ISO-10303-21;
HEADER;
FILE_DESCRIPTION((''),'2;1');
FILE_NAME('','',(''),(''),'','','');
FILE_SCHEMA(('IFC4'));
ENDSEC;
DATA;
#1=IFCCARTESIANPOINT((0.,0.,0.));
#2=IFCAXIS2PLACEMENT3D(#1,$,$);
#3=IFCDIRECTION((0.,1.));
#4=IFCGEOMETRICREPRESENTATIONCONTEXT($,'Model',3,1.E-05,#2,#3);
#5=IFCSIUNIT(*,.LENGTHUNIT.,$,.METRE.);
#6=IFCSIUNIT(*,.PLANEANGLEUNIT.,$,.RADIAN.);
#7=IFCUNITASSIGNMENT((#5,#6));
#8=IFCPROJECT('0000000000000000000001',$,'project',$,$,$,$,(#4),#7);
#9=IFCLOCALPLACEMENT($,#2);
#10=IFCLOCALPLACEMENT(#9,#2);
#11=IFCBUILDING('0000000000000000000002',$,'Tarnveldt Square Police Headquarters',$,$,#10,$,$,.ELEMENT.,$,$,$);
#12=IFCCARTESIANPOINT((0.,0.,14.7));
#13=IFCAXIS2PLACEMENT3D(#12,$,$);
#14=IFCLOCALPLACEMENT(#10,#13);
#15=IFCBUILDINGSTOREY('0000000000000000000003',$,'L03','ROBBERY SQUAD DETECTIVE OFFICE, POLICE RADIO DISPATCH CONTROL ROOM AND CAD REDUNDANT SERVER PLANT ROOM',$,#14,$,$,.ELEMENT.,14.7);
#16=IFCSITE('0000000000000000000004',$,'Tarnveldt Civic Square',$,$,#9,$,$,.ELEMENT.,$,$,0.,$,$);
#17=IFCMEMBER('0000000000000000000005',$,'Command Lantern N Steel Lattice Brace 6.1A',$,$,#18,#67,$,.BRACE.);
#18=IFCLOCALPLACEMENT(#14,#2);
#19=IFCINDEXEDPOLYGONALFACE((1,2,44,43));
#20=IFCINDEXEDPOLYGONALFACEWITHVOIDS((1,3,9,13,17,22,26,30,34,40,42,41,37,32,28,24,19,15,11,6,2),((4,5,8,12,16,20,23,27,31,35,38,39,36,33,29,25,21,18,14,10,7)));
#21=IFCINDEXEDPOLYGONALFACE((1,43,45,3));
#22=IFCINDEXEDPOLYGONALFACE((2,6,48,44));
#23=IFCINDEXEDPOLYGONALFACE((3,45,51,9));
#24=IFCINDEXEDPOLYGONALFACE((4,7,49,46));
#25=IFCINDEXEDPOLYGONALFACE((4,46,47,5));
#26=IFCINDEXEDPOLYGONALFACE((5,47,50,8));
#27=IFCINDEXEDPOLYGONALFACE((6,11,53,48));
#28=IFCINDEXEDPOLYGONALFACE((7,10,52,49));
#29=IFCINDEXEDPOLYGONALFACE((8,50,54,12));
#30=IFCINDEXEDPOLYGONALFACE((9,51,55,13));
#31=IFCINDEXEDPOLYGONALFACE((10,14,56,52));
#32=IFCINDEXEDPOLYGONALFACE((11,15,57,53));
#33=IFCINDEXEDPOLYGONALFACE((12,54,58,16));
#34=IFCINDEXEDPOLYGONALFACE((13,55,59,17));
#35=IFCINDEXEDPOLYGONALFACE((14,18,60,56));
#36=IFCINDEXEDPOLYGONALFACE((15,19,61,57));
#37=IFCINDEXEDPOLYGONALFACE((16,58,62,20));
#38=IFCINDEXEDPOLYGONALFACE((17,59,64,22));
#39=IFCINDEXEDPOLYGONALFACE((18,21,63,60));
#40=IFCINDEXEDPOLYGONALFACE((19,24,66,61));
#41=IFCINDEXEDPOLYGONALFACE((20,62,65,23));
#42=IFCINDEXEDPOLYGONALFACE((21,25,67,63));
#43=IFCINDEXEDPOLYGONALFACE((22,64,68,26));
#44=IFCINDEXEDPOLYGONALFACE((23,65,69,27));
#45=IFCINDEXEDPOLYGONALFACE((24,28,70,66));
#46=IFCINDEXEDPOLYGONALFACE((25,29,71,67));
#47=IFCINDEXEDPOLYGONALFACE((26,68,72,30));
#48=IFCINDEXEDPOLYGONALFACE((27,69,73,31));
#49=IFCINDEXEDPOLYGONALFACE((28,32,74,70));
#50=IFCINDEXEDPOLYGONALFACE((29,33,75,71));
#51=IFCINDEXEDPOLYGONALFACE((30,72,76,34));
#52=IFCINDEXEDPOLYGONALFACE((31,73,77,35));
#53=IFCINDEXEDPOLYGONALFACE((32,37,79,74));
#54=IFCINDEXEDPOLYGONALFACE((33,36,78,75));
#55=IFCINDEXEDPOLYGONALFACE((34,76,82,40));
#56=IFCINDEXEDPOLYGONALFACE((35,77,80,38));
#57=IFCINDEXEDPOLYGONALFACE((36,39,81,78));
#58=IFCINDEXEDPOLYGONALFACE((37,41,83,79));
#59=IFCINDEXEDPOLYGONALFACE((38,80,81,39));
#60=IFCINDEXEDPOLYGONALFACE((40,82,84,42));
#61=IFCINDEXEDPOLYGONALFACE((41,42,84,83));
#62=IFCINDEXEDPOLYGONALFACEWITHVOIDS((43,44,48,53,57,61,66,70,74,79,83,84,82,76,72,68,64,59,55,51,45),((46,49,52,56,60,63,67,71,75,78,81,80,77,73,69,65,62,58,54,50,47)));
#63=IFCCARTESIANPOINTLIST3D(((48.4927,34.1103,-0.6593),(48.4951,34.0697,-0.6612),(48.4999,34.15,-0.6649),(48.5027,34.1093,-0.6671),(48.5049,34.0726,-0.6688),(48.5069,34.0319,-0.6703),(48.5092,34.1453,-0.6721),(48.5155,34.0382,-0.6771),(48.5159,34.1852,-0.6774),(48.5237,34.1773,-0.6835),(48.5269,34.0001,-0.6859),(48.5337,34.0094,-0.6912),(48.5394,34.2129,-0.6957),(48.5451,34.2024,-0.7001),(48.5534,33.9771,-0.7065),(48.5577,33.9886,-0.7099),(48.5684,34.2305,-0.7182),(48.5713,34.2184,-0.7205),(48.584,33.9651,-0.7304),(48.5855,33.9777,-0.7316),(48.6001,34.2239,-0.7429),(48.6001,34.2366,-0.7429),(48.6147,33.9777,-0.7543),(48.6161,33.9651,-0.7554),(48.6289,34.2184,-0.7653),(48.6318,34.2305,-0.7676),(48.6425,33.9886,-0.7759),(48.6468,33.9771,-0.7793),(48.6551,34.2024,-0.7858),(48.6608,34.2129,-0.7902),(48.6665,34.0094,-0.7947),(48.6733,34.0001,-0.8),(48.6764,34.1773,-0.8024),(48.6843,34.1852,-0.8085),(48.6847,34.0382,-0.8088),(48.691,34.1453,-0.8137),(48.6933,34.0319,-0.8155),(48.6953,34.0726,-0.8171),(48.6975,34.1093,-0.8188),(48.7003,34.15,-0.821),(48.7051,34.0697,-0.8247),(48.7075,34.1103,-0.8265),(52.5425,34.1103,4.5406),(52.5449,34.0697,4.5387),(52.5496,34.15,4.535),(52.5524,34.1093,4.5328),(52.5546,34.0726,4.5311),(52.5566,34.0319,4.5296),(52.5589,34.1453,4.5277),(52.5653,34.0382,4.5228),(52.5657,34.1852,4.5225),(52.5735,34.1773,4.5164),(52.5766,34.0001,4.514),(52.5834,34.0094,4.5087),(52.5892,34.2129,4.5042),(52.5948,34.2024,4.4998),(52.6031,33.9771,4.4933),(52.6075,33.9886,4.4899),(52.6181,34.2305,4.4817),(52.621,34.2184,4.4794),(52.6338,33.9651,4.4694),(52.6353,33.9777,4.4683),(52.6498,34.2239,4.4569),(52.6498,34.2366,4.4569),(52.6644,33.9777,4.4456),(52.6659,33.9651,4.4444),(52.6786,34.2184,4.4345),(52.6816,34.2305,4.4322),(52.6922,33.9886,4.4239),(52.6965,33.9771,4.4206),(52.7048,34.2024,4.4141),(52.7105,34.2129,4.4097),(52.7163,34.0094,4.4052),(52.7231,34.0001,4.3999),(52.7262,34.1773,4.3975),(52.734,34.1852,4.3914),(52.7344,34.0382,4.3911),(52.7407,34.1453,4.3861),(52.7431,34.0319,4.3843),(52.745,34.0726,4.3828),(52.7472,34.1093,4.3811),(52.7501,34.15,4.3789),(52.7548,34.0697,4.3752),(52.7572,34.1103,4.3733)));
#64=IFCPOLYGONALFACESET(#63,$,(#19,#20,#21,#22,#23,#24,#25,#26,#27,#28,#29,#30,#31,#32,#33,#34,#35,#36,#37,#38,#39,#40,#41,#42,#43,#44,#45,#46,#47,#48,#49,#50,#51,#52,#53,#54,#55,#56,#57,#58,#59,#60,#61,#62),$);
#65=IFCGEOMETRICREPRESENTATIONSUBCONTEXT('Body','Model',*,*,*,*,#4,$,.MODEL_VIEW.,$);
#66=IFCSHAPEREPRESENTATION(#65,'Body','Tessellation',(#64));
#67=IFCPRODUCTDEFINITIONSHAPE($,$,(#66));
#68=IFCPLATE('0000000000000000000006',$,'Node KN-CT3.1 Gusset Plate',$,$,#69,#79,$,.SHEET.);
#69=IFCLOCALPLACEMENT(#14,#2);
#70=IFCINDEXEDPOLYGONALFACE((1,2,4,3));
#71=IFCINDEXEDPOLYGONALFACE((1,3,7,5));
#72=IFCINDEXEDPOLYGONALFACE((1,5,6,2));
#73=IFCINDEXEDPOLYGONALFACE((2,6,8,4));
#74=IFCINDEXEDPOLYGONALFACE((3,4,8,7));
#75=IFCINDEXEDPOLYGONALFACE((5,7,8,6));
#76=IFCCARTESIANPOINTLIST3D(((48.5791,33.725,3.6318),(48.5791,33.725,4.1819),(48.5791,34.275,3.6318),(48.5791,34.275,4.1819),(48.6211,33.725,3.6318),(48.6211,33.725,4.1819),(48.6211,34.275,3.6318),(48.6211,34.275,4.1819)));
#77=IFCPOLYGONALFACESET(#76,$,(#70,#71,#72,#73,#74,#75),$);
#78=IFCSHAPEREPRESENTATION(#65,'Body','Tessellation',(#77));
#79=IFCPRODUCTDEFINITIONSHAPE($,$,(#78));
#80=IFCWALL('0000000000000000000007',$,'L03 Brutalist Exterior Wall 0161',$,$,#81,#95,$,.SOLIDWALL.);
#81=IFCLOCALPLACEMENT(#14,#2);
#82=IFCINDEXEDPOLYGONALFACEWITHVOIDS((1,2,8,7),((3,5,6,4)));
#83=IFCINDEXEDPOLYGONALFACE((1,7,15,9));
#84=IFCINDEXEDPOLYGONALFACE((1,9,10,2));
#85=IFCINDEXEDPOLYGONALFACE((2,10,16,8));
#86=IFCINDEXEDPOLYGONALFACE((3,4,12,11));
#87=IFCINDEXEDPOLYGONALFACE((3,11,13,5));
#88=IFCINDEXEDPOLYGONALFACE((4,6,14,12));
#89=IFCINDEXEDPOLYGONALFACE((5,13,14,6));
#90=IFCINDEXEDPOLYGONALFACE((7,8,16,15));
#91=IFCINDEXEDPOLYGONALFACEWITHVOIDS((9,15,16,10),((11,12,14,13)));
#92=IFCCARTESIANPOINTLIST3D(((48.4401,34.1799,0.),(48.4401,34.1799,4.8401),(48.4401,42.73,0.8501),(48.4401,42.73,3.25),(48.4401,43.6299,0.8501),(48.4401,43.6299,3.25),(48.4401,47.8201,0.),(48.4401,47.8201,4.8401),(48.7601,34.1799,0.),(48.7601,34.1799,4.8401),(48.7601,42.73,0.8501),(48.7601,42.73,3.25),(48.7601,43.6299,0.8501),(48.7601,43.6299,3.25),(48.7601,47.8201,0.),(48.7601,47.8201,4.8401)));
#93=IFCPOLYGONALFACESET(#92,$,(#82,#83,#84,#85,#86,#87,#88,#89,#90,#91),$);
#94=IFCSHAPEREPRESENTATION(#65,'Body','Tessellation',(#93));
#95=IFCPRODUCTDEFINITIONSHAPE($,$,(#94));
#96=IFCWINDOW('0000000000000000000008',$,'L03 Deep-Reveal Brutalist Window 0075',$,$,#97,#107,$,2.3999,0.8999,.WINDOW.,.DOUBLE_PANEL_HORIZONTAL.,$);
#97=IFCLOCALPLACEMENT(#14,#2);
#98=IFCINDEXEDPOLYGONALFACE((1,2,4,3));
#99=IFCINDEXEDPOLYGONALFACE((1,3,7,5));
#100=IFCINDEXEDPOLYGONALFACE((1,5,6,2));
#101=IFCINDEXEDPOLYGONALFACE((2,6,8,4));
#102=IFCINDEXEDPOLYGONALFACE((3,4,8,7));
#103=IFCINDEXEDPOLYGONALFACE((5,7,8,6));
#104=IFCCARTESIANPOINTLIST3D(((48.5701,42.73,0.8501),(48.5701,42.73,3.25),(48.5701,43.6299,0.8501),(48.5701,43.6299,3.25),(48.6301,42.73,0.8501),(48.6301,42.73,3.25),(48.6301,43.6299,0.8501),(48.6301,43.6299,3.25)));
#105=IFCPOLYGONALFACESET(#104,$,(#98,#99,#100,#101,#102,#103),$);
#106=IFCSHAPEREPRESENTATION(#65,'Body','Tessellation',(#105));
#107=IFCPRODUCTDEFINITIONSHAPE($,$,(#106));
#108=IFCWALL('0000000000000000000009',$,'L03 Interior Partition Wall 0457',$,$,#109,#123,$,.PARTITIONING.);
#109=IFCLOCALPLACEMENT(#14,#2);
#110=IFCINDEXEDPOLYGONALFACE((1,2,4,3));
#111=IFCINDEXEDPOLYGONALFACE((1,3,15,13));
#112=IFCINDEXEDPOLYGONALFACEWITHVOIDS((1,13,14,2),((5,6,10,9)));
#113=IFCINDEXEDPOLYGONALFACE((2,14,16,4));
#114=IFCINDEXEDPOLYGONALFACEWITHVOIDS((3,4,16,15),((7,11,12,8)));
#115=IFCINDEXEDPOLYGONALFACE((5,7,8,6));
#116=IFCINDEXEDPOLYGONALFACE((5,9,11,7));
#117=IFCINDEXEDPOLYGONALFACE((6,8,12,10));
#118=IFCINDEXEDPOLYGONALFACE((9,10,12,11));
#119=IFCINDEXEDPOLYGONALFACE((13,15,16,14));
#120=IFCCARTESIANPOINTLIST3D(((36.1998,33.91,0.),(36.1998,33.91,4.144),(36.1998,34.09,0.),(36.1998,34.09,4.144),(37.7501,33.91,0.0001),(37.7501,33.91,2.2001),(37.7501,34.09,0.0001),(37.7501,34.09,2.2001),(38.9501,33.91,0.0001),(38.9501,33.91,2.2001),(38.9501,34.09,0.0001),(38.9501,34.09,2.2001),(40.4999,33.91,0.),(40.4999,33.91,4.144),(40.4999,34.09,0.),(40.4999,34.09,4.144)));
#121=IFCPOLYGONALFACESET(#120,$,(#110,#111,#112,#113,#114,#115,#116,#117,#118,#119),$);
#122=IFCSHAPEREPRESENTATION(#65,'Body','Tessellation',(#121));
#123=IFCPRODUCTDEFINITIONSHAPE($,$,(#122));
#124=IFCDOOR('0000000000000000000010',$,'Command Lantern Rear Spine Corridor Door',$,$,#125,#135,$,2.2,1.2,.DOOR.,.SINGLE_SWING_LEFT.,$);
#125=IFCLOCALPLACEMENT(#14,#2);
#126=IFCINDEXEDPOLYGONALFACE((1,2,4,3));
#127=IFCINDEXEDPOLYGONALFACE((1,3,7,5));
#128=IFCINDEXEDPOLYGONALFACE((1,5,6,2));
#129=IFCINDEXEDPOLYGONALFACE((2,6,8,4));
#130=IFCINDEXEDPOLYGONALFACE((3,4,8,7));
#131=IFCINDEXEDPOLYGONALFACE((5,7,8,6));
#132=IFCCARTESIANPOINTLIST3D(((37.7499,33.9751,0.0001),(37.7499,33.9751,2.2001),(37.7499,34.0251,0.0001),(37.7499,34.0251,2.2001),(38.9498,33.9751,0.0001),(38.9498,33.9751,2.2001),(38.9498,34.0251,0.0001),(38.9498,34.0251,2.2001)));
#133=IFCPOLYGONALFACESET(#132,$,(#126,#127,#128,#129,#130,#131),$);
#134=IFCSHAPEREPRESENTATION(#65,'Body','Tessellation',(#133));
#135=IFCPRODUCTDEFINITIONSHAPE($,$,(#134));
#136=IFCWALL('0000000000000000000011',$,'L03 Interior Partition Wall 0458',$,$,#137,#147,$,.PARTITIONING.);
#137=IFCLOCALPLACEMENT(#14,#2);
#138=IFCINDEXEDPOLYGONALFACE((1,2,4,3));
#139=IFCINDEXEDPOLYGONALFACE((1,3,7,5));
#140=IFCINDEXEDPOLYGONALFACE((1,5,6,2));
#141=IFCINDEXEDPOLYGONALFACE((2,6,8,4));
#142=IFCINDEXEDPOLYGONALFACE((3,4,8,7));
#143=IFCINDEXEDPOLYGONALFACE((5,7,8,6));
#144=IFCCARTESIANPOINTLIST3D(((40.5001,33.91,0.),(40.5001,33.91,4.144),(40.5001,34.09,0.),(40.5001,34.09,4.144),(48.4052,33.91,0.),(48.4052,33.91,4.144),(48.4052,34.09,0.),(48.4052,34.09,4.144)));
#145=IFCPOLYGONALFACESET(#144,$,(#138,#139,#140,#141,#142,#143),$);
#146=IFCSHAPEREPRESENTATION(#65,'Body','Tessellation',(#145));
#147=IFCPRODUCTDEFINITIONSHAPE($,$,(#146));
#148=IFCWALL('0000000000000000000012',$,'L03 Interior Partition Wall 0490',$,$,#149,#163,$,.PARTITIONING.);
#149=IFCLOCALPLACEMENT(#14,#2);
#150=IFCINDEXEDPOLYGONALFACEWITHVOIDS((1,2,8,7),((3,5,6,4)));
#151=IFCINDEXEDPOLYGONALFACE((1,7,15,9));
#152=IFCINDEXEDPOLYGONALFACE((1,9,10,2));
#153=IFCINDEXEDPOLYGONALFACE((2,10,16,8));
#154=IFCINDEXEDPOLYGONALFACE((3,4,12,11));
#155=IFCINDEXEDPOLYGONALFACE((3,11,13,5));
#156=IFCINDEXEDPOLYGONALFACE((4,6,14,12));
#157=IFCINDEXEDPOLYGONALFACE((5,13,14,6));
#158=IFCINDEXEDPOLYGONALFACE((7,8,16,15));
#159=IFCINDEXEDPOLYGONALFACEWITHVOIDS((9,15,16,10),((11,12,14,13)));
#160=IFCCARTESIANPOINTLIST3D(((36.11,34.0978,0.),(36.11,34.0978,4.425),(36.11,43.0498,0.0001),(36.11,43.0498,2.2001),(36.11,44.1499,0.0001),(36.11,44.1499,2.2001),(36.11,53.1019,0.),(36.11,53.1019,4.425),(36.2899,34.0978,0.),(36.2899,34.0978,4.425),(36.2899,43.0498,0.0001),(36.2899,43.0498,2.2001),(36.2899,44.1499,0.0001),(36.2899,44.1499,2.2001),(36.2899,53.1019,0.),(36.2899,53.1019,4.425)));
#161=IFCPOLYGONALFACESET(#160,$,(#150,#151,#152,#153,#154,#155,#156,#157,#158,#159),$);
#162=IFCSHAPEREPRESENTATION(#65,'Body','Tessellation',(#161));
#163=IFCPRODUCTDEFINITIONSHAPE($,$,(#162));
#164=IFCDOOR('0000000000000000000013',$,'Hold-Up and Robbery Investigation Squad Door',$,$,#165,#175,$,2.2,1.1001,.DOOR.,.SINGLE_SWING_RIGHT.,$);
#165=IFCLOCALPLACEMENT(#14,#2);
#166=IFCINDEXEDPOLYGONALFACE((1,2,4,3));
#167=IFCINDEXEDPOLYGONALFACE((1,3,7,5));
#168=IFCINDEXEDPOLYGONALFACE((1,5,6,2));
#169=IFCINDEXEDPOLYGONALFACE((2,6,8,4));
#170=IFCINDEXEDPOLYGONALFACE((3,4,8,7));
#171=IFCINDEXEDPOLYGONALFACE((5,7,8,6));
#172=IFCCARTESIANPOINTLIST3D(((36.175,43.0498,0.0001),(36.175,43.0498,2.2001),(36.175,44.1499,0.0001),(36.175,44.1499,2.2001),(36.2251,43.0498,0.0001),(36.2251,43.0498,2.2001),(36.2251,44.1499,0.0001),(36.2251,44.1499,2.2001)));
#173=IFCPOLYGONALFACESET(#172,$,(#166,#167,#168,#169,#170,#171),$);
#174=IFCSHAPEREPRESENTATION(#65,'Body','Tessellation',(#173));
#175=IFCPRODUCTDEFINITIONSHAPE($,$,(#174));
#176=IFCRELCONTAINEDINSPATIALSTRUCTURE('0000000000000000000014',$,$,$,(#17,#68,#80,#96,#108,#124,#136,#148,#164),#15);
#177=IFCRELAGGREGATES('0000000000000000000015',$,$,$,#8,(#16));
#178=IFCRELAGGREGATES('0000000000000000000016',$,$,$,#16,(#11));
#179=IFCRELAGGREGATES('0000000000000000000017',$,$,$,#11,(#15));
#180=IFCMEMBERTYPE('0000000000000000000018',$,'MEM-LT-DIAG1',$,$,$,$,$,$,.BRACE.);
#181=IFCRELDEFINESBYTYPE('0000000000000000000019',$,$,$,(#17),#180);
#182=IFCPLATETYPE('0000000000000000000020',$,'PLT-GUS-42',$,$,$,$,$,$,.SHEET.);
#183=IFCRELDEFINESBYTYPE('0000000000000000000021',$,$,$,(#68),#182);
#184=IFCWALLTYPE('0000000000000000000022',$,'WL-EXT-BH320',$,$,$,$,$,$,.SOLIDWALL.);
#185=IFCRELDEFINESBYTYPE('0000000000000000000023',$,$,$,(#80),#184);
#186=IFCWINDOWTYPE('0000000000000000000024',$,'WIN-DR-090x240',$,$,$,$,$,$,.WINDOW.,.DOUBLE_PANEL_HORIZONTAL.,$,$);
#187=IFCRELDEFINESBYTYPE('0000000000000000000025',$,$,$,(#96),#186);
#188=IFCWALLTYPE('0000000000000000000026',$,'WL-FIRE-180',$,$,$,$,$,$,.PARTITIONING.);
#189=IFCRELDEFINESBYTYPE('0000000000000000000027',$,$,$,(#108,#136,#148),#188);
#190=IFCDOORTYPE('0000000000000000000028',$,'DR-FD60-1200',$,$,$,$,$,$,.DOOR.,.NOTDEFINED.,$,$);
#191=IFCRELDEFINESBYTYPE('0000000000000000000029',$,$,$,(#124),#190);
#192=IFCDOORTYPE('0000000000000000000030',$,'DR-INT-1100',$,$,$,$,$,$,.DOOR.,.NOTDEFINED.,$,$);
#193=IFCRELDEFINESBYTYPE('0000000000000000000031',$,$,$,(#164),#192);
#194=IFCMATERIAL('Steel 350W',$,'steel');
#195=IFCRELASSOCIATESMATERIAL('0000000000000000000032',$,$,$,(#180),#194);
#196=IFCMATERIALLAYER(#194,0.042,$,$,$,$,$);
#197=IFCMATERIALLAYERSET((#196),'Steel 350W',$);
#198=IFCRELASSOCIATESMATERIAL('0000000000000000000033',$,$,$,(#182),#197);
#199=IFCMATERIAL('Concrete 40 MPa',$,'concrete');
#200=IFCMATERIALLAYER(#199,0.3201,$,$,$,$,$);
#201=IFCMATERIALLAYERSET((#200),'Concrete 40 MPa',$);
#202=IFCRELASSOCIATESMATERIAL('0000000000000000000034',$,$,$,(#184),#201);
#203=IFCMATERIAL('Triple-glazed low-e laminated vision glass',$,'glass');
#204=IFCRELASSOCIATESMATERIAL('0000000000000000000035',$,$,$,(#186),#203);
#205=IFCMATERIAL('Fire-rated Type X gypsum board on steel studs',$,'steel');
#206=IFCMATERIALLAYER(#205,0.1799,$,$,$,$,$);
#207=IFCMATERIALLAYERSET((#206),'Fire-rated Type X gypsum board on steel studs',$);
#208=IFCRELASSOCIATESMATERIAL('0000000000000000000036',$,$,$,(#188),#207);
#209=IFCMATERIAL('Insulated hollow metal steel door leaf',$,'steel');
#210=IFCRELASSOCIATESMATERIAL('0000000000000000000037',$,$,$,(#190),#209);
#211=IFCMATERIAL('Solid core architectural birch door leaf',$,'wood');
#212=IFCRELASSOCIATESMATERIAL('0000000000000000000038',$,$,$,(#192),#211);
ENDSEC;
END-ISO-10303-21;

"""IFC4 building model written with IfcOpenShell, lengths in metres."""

from ifc_helpers import new_model, si_unit, direction, frame, frame_2d, origin, origin_2d, place, context, subcontext, project, spatial, rectangle, hollow_circle, extrude, material, layer, layer_set, material_profile, profile_set, type_object, element, fill, save


model = new_model("IFC4")

# Units and contexts
model_context = context("Model", 3, precision=1e-05, world=origin(), true_north=direction((0.0, 1.0)))
body_context = subcontext(model_context, "Body", "Model", "MODEL_VIEW")
ifc_project = project(units=[si_unit("LENGTHUNIT", "METRE"), si_unit("PLANEANGLEUNIT", "RADIAN")], contexts=[model_context])

# Site, building, storey
site_placement = place(None, origin())
site = spatial("IfcSite", under=ifc_project, at=site_placement, Name="Tarnveldt Civic Square", CompositionType="ELEMENT", RefElevation=0.0)
building_placement = place(site_placement, origin())
building = spatial("IfcBuilding", under=site, at=building_placement, Name="Tarnveldt Square Police Headquarters", CompositionType="ELEMENT")
storey_placement = place(building_placement, frame((0.0, 0.0, 14.7)))
storey = spatial("IfcBuildingStorey", under=building, at=storey_placement, Name="L03", Description="ROBBERY SQUAD DETECTIVE OFFICE, POLICE RADIO DISPATCH CONTROL ROOM AND CAD REDUNDANT SERVER PLANT ROOM", CompositionType="ELEMENT", Elevation=14.7)

# Shared definitions
ifc_material_1 = material(Name="Steel 350W", Category="steel")

# Shared definitions
ifc_material_2 = material(Name="Concrete 40 MPa", Category="concrete")

# Shared definitions
ifc_material_3 = material(Name="Triple-glazed low-e laminated vision glass", Category="glass")

# Member
ifc_material_profile_1 = material_profile(ifc_material_1, hollow_circle(Radius=0.1365, WallThickness=0.0127, at=origin_2d()), Name="HSS273x13")
ifc_profile_set_1 = profile_set([ifc_material_profile_1], Name="Steel 350W")
member_type_1 = type_object("IfcMemberType", Name="MEM-LT-DIAG1", PredefinedType="BRACE", material=ifc_profile_set_1)
member_1_placement = place(storey_placement, frame((48.6001, 34.1001, -0.7429), z_axis=(0.614451, 0.0, 0.788955), x_axis=(0.0, 1.0, 0.0)))
element("IfcMember", 1, at=member_1_placement, inside=storey, type_object=member_type_1, Name="Command Lantern N Steel Lattice Brace 6.1A", PredefinedType="BRACE", context=body_context, shape_type="SweptSolid", body=[
    extrude(hollow_circle(Radius=0.1365, WallThickness=0.0127, at=origin_2d()), origin(), (0.0, 0.0, 1.0), 6.5908),
])

# Plate
ifc_layer_1 = layer(ifc_material_1, 0.042)
ifc_layer_set_1 = layer_set([ifc_layer_1], Name="Steel 350W")
plate_type = type_object("IfcPlateType", Name="PLT-GUS-42", PredefinedType="SHEET", material=ifc_layer_set_1)
plate_placement = place(storey_placement, frame((48.6001, 34.0, 3.6318), z_axis=(0.0, 0.0, 1.0), x_axis=(1.0, 0.0, 0.0)))
element("IfcPlate", 2, at=plate_placement, inside=storey, type_object=plate_type, Name="Node KN-CT3.1 Gusset Plate", PredefinedType="SHEET", context=body_context, shape_type="SweptSolid", body=[
    extrude(rectangle(XDim=0.042, YDim=0.55, at=origin_2d()), origin(), (0.0, 0.0, 1.0), 0.55),
])

# Wall, opening, window
ifc_layer_2 = layer(ifc_material_2, 0.3201)
ifc_layer_set_2 = layer_set([ifc_layer_2], Name="Concrete 40 MPa")
wall_type_1 = type_object("IfcWallType", Name="WL-EXT-BH320", PredefinedType="SOLIDWALL", material=ifc_layer_set_2)
wall_1_placement = place(storey_placement, frame((48.6001, 34.1799, 0.0), z_axis=(0.0, 0.0, 1.0), x_axis=(0.0, 1.0, 0.0)))
wall_1 = element("IfcWall", 3, at=wall_1_placement, inside=storey, type_object=wall_type_1, Name="L03 Brutalist Exterior Wall 0161", PredefinedType="SOLIDWALL", context=body_context, shape_type="SweptSolid", body=[
    extrude(rectangle(XDim=13.6401, YDim=0.3201, at=frame_2d((6.8201, 0.0))), origin(), (0.0, 0.0, 1.0), 4.8401),
])
opening_1_placement = place(wall_1_placement, frame((8.55, 0.0, 0.8501)))
opening_1 = element("IfcOpeningElement", 4, at=opening_1_placement, cuts=wall_1, PredefinedType="OPENING", context=body_context, shape_type="SweptSolid", body=[
    extrude(rectangle(XDim=0.8999, YDim=2.3999, at=frame_2d((0.45, 1.2))), frame((0.0, 0.1699, 0.0), z_axis=(0.0, -1.0, 0.0), x_axis=(1.0, 0.0, 0.0)), (0.0, 0.0, 1.0), 0.3401),
])
window_type = type_object("IfcWindowType", Name="WIN-DR-090x240", PartitioningType="DOUBLE_PANEL_HORIZONTAL", PredefinedType="WINDOW", material=ifc_material_3)
window_placement = place(opening_1_placement, origin())
window = element("IfcWindow", 5, at=window_placement, inside=storey, type_object=window_type, Name="L03 Deep-Reveal Brutalist Window 0075", OverallHeight=2.3999, OverallWidth=0.8999, PartitioningType="DOUBLE_PANEL_HORIZONTAL", PredefinedType="WINDOW", context=body_context, shape_type="SweptSolid", body=[
    extrude(rectangle(XDim=0.8999, YDim=2.3999, at=frame_2d((0.45, 1.2))), frame((0.0, 0.03, 0.0), z_axis=(0.0, -1.0, 0.0), x_axis=(1.0, 0.0, 0.0)), (0.0, 0.0, 1.0), 0.0601),
])
fill(opening_1, window)

# Wall, opening, door
ifc_material_4 = material(Name="Fire-rated Type X gypsum board on steel studs", Category="steel")
ifc_layer_3 = layer(ifc_material_4, 0.1799)
ifc_layer_set_3 = layer_set([ifc_layer_3], Name="Fire-rated Type X gypsum board on steel studs")
wall_type_2 = type_object("IfcWallType", Name="WL-FIRE-180", PredefinedType="PARTITIONING", material=ifc_layer_set_3)
wall_2_placement = place(storey_placement, frame((36.2, 34.0, 0.0), z_axis=(0.0, 0.0, 1.0), x_axis=(1.0, 0.0, 0.0)))
wall_2 = element("IfcWall", 6, at=wall_2_placement, inside=storey, type_object=wall_type_2, Name="L03 Interior Partition Wall 0457", PredefinedType="PARTITIONING", context=body_context, shape_type="SweptSolid", body=[
    extrude(rectangle(XDim=4.3, YDim=0.1799, at=frame_2d((2.1499, 0.0))), origin(), (0.0, 0.0, 1.0), 4.144),
])
opening_2_placement = place(wall_2_placement, frame((1.55, 0.0, 0.0)))
opening_2 = element("IfcOpeningElement", 7, at=opening_2_placement, cuts=wall_2, PredefinedType="OPENING", context=body_context, shape_type="SweptSolid", body=[
    extrude(rectangle(XDim=1.2, YDim=2.2, at=frame_2d((0.6001, 1.1001))), frame((0.0, 0.0999, 0.0), z_axis=(0.0, -1.0, 0.0), x_axis=(1.0, 0.0, 0.0)), (0.0, 0.0, 1.0), 0.2),
])
ifc_material_5 = material(Name="Insulated hollow metal steel door leaf", Category="steel")
door_type_1 = type_object("IfcDoorType", Name="DR-FD60-1200", OperationType="NOTDEFINED", PredefinedType="DOOR", material=ifc_material_5)
door_1_placement = place(opening_2_placement, frame((1.2, 0.0, 0.0), z_axis=(0.0, 0.0, 1.0), x_axis=(-1.0, 0.0, 0.0)))
door_1 = element("IfcDoor", 8, at=door_1_placement, inside=storey, type_object=door_type_1, Name="Command Lantern Rear Spine Corridor Door", OperationType="SINGLE_SWING_LEFT", OverallHeight=2.2, OverallWidth=1.2, PredefinedType="DOOR", context=body_context, shape_type="SweptSolid", body=[
    extrude(rectangle(XDim=1.2, YDim=2.2, at=frame_2d((0.6001, 1.1001))), frame((0.0, 0.0249, 0.0), z_axis=(0.0, -1.0, 0.0), x_axis=(1.0, 0.0, 0.0)), (0.0, 0.0, 1.0), 0.05),
])
fill(opening_2, door_1)

# Wall
wall_3_placement = place(storey_placement, frame((40.5, 34.0, 0.0), z_axis=(0.0, 0.0, 1.0), x_axis=(1.0, 0.0, 0.0)))
element("IfcWall", 9, at=wall_3_placement, inside=storey, type_object=wall_type_2, Name="L03 Interior Partition Wall 0458", PredefinedType="PARTITIONING", context=body_context, shape_type="SweptSolid", body=[
    extrude(rectangle(XDim=7.905, YDim=0.1799, at=frame_2d((3.9526, 0.0))), origin(), (0.0, 0.0, 1.0), 4.144),
])

# Wall, opening, door
wall_4_placement = place(storey_placement, frame((36.2, 34.0979, 0.0), z_axis=(0.0, 0.0, 1.0), x_axis=(0.0, 1.0, 0.0)))
wall_4 = element("IfcWall", 10, at=wall_4_placement, inside=storey, type_object=wall_type_2, Name="L03 Interior Partition Wall 0490", PredefinedType="PARTITIONING", context=body_context, shape_type="SweptSolid", body=[
    extrude(rectangle(XDim=19.0042, YDim=0.1799, at=frame_2d((9.502, 0.0))), origin(), (0.0, 0.0, 1.0), 4.425),
])
opening_3_placement = place(wall_4_placement, frame((8.9519, 0.0, 0.0)))
opening_3 = element("IfcOpeningElement", 11, at=opening_3_placement, cuts=wall_4, PredefinedType="OPENING", context=body_context, shape_type="SweptSolid", body=[
    extrude(rectangle(XDim=1.1001, YDim=2.2, at=frame_2d((0.55, 1.1001))), frame((0.0, 0.0999, 0.0), z_axis=(0.0, -1.0, 0.0), x_axis=(1.0, 0.0, 0.0)), (0.0, 0.0, 1.0), 0.2),
])
ifc_material_6 = material(Name="Solid core architectural birch door leaf", Category="wood")
door_type_2 = type_object("IfcDoorType", Name="DR-INT-1100", OperationType="NOTDEFINED", PredefinedType="DOOR", material=ifc_material_6)
door_2_placement = place(opening_3_placement, origin())
door_2 = element("IfcDoor", 12, at=door_2_placement, inside=storey, type_object=door_type_2, Name="Hold-Up and Robbery Investigation Squad Door", OperationType="SINGLE_SWING_RIGHT", OverallHeight=2.2, OverallWidth=1.1001, PredefinedType="DOOR", context=body_context, shape_type="SweptSolid", body=[
    extrude(rectangle(XDim=1.1001, YDim=2.2, at=frame_2d((0.55, 1.1001))), frame((0.0, 0.0249, 0.0), z_axis=(0.0, -1.0, 0.0), x_axis=(1.0, 0.0, 0.0)), (0.0, 0.0, 1.0), 0.05),
])
fill(opening_3, door_2)

save(model, "model.ifc")
